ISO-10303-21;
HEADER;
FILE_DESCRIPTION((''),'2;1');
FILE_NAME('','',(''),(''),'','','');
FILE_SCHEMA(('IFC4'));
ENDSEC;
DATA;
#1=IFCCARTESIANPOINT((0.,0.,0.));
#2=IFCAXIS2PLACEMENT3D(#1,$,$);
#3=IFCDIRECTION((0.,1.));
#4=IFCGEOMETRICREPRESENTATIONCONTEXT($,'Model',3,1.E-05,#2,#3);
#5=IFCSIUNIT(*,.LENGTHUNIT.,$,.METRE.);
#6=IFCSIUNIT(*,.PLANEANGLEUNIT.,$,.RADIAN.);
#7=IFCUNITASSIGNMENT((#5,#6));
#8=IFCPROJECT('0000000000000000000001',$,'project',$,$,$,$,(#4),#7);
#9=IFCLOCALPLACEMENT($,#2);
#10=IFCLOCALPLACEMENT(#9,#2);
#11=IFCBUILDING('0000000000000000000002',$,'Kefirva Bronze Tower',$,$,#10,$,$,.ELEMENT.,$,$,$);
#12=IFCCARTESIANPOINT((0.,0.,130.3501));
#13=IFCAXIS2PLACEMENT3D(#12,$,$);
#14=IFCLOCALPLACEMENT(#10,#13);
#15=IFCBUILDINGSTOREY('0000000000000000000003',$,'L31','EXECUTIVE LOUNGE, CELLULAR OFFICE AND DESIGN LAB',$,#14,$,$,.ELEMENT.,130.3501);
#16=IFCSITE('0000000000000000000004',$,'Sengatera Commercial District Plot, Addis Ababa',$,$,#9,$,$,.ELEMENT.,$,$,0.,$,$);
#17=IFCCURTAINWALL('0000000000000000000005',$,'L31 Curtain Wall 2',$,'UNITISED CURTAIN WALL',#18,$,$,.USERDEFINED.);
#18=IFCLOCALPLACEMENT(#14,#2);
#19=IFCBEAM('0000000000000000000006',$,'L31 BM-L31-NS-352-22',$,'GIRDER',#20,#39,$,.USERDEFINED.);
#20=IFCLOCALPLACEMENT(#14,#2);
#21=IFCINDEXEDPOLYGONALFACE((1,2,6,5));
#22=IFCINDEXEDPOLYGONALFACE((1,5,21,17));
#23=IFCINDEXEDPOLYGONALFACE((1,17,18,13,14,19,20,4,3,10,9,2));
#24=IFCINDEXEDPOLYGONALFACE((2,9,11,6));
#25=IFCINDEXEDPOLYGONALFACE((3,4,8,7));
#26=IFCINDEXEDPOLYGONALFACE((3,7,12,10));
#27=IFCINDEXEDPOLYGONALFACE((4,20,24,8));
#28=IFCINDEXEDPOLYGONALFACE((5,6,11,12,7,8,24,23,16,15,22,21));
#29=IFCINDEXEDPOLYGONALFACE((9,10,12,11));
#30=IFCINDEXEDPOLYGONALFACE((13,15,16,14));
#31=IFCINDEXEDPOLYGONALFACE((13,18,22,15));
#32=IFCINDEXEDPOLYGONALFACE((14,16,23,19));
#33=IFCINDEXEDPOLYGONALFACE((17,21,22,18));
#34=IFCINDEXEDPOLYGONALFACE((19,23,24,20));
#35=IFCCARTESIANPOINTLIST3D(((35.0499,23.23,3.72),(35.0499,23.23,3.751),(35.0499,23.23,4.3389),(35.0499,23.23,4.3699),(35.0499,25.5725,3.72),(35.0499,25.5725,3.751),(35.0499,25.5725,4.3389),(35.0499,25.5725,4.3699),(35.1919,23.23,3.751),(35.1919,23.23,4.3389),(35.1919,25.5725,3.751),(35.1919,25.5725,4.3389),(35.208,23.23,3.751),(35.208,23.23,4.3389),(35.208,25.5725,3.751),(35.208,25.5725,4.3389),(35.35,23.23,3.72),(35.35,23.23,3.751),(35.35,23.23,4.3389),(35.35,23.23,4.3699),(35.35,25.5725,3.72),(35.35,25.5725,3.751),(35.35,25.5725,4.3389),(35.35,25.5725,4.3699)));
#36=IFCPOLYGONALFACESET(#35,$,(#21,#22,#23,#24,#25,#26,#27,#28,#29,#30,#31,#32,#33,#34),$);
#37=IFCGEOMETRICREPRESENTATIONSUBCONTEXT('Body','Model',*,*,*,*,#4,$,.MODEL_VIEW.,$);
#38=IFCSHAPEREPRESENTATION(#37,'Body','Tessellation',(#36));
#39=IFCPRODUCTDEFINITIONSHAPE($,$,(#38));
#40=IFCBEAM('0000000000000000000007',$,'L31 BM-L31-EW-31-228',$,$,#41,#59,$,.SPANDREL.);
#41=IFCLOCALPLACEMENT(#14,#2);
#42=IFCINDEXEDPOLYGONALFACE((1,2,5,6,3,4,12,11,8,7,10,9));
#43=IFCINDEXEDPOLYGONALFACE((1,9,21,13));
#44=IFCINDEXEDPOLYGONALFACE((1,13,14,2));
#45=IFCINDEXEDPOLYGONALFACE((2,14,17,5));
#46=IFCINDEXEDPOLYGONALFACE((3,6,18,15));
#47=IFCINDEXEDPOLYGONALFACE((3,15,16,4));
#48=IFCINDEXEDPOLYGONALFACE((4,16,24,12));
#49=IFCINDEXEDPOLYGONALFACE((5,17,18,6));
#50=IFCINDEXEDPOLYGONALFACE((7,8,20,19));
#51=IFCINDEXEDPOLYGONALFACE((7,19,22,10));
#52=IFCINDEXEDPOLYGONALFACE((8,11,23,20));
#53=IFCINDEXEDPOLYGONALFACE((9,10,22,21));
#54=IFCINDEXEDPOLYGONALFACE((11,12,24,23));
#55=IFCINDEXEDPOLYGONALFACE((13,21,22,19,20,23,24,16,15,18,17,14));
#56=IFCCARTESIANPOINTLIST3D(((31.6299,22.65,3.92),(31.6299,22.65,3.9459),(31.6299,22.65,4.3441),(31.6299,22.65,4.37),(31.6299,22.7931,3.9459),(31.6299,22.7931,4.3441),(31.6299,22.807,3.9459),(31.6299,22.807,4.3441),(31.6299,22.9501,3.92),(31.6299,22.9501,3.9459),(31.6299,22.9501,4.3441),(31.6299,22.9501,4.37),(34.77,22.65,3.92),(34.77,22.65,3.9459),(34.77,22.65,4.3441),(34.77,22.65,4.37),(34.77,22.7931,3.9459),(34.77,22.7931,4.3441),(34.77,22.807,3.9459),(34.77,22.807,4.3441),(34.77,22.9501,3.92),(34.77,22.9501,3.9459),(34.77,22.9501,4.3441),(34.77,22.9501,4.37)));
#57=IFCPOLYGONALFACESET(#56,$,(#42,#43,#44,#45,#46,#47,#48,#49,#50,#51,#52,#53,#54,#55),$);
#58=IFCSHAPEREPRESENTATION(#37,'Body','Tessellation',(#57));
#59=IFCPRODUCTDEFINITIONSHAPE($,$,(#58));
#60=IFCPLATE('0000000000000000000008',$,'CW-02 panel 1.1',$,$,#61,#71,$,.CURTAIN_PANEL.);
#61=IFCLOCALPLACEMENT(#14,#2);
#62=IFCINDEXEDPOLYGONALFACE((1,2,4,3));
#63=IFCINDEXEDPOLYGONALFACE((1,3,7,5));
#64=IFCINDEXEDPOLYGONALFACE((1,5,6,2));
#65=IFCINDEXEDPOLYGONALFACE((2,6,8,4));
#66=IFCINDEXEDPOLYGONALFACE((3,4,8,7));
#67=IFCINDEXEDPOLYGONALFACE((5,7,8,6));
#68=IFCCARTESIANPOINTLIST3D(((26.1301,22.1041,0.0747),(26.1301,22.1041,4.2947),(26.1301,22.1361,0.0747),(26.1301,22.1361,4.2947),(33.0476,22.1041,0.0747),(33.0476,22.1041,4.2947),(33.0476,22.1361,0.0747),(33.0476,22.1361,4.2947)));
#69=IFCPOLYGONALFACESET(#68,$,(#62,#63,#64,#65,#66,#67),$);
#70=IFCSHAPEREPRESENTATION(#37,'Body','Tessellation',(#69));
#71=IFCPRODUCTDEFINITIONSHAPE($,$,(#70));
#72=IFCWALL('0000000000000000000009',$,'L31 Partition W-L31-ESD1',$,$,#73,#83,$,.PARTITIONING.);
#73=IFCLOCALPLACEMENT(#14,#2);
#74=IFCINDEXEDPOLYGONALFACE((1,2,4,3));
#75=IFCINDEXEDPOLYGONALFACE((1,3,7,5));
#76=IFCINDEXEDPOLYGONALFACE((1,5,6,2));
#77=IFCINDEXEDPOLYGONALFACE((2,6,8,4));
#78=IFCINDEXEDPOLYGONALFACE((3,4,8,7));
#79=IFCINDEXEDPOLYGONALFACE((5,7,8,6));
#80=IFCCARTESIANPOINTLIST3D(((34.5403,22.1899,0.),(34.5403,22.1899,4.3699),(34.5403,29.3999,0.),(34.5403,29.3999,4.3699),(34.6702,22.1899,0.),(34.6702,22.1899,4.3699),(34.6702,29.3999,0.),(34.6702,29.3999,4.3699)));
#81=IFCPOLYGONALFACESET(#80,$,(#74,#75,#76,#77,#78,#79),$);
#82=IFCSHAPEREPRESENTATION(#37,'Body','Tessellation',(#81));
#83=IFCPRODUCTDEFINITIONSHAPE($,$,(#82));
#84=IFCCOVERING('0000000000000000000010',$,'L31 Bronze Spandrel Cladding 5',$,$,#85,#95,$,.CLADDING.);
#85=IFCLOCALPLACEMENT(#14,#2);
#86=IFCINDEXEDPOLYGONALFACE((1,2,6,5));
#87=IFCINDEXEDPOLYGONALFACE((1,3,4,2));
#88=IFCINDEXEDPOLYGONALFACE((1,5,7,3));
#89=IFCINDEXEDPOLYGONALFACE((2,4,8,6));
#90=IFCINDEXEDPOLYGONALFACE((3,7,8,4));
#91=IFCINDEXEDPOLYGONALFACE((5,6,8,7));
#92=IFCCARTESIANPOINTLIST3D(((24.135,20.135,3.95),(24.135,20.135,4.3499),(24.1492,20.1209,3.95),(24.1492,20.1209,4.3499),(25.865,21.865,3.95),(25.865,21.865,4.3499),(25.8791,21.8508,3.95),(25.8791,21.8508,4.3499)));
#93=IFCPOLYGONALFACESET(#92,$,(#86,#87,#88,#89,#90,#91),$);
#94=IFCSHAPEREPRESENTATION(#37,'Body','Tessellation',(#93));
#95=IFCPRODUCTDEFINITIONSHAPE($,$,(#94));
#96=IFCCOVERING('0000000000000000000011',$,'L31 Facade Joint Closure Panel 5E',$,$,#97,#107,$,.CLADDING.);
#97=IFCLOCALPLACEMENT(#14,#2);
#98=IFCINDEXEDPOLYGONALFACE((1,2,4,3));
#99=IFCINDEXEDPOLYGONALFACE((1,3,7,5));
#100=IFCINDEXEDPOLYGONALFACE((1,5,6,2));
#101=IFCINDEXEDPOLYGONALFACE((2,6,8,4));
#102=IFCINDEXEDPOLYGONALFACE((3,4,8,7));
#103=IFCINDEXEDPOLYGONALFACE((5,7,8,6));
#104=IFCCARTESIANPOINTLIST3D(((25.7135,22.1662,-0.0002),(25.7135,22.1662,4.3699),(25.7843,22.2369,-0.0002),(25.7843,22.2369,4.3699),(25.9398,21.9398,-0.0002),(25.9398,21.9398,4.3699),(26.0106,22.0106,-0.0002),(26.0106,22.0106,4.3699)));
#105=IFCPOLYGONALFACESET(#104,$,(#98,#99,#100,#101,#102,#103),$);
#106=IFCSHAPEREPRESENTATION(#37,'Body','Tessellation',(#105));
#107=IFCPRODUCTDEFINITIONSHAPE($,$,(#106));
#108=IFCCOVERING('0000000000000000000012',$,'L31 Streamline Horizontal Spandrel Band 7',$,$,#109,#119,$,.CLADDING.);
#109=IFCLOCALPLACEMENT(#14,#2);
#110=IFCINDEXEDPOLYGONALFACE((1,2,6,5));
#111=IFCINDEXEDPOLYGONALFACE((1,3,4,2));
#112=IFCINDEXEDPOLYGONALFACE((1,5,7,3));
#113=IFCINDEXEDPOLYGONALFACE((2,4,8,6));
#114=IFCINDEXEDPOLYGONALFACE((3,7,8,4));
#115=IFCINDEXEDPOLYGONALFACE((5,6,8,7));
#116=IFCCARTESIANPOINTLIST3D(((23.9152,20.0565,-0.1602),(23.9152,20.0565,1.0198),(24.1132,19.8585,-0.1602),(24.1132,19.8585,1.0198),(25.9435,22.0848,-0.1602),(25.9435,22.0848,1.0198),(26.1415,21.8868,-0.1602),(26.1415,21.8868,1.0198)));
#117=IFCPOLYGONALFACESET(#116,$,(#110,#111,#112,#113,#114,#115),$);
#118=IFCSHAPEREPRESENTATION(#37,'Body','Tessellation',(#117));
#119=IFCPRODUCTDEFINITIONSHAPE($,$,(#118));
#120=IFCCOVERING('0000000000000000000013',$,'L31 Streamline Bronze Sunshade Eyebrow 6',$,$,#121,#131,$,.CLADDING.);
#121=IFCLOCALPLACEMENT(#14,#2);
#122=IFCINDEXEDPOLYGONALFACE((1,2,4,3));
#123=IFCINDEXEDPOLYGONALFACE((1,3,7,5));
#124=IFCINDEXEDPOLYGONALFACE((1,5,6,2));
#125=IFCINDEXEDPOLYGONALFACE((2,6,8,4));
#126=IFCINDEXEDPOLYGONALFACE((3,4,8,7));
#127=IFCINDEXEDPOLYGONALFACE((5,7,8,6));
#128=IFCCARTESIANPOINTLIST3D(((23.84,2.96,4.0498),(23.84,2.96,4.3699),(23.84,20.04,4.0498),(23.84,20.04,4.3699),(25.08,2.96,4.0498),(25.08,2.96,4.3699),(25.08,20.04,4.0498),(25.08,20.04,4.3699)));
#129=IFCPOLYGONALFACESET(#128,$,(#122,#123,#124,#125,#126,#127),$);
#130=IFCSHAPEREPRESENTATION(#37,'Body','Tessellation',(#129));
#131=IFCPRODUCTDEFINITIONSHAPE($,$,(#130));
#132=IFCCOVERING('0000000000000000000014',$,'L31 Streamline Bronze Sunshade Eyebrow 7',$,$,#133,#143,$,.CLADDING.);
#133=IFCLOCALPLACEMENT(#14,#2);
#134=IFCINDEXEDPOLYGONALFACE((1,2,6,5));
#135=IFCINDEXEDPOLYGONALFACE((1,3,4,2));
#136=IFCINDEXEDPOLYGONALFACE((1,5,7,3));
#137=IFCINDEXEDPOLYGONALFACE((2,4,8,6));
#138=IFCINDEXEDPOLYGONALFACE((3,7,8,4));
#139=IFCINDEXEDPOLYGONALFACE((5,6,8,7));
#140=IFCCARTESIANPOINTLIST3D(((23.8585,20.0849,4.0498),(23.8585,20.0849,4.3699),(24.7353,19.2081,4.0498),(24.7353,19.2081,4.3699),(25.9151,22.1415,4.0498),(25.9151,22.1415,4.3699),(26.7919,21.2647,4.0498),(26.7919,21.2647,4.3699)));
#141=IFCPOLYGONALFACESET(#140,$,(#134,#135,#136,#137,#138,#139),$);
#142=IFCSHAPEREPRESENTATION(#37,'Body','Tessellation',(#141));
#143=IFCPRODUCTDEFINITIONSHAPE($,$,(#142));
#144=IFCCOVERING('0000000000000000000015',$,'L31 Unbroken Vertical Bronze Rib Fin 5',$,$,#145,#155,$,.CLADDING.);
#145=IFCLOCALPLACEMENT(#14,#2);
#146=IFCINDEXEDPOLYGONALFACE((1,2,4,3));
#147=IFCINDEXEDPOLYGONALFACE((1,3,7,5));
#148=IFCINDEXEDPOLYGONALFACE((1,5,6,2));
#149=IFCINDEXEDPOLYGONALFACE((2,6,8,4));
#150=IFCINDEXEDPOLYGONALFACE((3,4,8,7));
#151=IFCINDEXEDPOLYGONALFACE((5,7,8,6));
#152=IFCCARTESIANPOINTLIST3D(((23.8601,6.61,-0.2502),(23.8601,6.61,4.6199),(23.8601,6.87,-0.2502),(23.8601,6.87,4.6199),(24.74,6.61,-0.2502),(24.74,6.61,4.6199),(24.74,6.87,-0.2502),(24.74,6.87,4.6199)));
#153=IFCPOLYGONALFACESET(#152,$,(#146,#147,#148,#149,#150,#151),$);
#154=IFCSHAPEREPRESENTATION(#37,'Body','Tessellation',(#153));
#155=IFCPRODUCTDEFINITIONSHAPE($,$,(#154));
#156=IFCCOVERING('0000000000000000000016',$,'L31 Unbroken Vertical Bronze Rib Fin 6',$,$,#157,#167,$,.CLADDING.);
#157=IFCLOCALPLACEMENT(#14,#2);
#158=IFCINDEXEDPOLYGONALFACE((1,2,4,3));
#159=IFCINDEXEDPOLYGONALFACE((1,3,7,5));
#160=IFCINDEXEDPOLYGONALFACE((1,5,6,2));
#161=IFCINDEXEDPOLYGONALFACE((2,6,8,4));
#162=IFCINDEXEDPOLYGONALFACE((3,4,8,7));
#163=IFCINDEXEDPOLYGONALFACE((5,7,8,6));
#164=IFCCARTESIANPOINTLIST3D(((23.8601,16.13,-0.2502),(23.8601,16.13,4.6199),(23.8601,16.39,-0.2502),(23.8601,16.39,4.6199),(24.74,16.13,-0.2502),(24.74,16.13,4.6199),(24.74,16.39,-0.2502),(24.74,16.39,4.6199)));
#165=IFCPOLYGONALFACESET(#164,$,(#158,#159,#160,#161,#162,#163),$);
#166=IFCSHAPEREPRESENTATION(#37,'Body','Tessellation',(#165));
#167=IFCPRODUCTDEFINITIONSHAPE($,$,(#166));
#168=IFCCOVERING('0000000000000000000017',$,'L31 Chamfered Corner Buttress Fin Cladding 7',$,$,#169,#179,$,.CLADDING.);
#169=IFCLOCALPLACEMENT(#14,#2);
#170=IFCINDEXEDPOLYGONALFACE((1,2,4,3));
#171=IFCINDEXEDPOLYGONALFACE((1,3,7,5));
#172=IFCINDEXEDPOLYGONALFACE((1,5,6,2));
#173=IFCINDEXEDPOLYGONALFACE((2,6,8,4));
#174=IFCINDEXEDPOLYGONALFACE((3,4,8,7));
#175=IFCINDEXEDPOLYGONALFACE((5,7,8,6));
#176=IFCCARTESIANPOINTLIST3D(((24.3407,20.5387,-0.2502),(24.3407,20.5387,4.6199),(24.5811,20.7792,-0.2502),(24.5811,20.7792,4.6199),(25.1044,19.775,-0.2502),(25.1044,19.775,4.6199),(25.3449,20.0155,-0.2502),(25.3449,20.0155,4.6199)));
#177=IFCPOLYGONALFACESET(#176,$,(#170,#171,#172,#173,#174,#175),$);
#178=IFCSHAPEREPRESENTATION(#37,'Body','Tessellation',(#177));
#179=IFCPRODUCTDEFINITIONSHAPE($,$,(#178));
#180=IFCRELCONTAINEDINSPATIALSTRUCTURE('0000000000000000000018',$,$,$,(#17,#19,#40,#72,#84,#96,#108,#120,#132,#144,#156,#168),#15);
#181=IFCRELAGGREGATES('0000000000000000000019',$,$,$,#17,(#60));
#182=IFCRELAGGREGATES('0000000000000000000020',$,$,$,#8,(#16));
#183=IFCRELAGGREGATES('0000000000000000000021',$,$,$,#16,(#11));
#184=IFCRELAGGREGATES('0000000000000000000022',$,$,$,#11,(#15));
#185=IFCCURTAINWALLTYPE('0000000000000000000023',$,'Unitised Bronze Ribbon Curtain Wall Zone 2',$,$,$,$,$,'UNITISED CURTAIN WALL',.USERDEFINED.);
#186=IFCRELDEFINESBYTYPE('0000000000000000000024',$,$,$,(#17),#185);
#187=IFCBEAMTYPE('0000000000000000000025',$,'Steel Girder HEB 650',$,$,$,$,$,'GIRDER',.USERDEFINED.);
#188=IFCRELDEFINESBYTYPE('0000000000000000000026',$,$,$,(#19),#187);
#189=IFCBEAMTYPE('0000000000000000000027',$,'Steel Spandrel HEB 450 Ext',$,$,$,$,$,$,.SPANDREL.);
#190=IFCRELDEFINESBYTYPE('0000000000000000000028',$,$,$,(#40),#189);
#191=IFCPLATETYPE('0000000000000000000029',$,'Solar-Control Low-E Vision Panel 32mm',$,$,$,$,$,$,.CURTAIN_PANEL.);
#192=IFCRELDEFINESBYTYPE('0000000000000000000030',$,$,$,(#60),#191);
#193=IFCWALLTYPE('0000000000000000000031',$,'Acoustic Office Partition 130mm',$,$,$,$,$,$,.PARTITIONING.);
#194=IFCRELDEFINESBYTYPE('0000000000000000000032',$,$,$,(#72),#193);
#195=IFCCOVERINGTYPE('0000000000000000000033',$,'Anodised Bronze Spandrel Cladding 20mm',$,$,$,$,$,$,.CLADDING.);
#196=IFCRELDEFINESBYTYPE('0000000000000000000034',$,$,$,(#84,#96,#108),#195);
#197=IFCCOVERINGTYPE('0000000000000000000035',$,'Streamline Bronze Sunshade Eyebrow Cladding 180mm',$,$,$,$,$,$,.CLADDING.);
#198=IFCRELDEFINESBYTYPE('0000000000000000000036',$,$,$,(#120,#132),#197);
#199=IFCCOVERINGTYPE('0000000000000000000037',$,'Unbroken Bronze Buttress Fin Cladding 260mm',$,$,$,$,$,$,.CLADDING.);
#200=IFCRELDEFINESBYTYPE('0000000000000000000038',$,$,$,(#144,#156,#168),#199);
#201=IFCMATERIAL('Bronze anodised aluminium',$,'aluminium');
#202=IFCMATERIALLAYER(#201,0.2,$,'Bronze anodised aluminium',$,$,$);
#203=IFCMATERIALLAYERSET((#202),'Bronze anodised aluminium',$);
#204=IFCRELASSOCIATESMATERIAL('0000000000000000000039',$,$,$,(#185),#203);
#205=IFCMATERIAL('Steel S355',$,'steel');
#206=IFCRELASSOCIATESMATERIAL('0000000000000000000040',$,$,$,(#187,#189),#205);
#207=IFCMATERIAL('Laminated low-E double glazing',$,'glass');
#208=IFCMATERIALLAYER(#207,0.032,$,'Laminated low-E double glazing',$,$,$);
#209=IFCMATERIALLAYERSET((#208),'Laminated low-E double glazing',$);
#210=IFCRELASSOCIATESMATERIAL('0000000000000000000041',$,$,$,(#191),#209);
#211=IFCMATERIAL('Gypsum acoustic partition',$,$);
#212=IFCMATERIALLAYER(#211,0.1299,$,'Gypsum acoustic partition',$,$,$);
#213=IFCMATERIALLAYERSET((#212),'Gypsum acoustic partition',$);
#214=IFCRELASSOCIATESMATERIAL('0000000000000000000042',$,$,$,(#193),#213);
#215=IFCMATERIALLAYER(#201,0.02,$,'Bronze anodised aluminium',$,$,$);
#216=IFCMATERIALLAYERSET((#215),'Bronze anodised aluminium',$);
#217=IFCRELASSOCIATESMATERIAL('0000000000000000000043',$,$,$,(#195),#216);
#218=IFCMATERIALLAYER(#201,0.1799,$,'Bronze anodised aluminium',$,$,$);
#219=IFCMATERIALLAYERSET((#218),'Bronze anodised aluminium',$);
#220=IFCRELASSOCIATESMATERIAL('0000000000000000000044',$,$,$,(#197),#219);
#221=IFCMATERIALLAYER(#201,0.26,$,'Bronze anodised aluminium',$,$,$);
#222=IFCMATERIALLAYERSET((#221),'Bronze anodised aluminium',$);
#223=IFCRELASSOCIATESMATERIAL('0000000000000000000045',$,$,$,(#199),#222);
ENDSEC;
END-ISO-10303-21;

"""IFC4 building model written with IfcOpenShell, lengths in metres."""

from ifc_helpers import new_model, si_unit, direction, frame, frame_2d, origin, origin_2d, place, context, subcontext, project, spatial, rectangle, i_section, extrude, material, layer, layer_set, material_profile, profile_set, type_object, element, aggregate, save


model = new_model("IFC4")

# Units and contexts
model_context = context("Model", 3, precision=1e-05, world=origin(), true_north=direction((0.0, 1.0)))
body_context = subcontext(model_context, "Body", "Model", "MODEL_VIEW")
ifc_project = project(units=[si_unit("LENGTHUNIT", "METRE"), si_unit("PLANEANGLEUNIT", "RADIAN")], contexts=[model_context])

# Site, building, storey
site_placement = place(None, origin())
site = spatial("IfcSite", under=ifc_project, at=site_placement, Name="Sengatera Commercial District Plot, Addis Ababa", CompositionType="ELEMENT", RefElevation=0.0)
building_placement = place(site_placement, origin())
building = spatial("IfcBuilding", under=site, at=building_placement, Name="Kefirva Bronze Tower", CompositionType="ELEMENT")
storey_placement = place(building_placement, frame((0.0, 0.0, 130.3501)))
storey = spatial("IfcBuildingStorey", under=building, at=storey_placement, Name="L31", Description="EXECUTIVE LOUNGE, CELLULAR OFFICE AND DESIGN LAB", CompositionType="ELEMENT", Elevation=130.3501)

# Curtain wall
ifc_material_1 = material(Name="Bronze anodised aluminium", Category="aluminium")
ifc_layer_1 = layer(ifc_material_1, 0.2, Name="Bronze anodised aluminium")
ifc_layer_set_1 = layer_set([ifc_layer_1], Name="Bronze anodised aluminium")
curtain_wall_type = type_object("IfcCurtainWallType", Name="Unitised Bronze Ribbon Curtain Wall Zone 2", ElementType="UNITISED CURTAIN WALL", PredefinedType="USERDEFINED", material=ifc_layer_set_1)
curtain_wall_placement = place(storey_placement, origin())
curtain_wall = element("IfcCurtainWall", 1, at=curtain_wall_placement, inside=storey, type_object=curtain_wall_type, Name="L31 Curtain Wall 2", ObjectType="UNITISED CURTAIN WALL", PredefinedType="USERDEFINED")

# Beams
ifc_material_2 = material(Name="Steel S355", Category="steel")
ifc_material_profile_1 = material_profile(ifc_material_2, i_section(OverallWidth=0.3, OverallDepth=0.6499, WebThickness=0.0161, FlangeThickness=0.031, at=origin_2d()), Name="HEB 650")
ifc_profile_set_1 = profile_set([ifc_material_profile_1], Name="Steel S355")
beam_type_1 = type_object("IfcBeamType", Name="Steel Girder HEB 650", ElementType="GIRDER", PredefinedType="USERDEFINED", material=ifc_profile_set_1)
for number, where, z_axis, x_axis, name in (
    (2, (35.2, 23.23, 4.0449), (0.0, 1.0, 0.0), (-1.0, 0.0, 0.0), "L31 BM-L31-NS-352-22"),
):
    element("IfcBeam", number, at=place(storey_placement, frame(where, z_axis=z_axis, x_axis=x_axis)), inside=storey, type_object=beam_type_1, Name=name, ObjectType="GIRDER", PredefinedType="USERDEFINED", context=body_context, shape_type="SweptSolid", body=[
        extrude(i_section(OverallWidth=0.3, OverallDepth=0.6499, WebThickness=0.0161, FlangeThickness=0.031, at=origin_2d()), origin(), (0.0, 0.0, 1.0), 2.3425),
    ])
ifc_material_profile_2 = material_profile(ifc_material_2, i_section(OverallWidth=0.3, OverallDepth=0.45, WebThickness=0.0139, FlangeThickness=0.0259, at=origin_2d()), Name="HEB 450")
ifc_profile_set_2 = profile_set([ifc_material_profile_2], Name="Steel S355")
beam_type_2 = type_object("IfcBeamType", Name="Steel Spandrel HEB 450 Ext", PredefinedType="SPANDREL", material=ifc_profile_set_2)
beam_1_placement = place(storey_placement, frame((31.6299, 22.8, 4.145), z_axis=(1.0, 0.0, 0.0), x_axis=(0.0, 1.0, 0.0)))
element("IfcBeam", 3, at=beam_1_placement, inside=storey, type_object=beam_type_2, Name="L31 BM-L31-EW-31-228", PredefinedType="SPANDREL", context=body_context, shape_type="SweptSolid", body=[
    extrude(i_section(OverallWidth=0.3, OverallDepth=0.45, WebThickness=0.0139, FlangeThickness=0.0259, at=origin_2d()), origin(), (0.0, 0.0, 1.0), 3.1401),
])

# Plate
ifc_material_3 = material(Name="Laminated low-E double glazing", Category="glass")
ifc_layer_2 = layer(ifc_material_3, 0.032, Name="Laminated low-E double glazing")
ifc_layer_set_2 = layer_set([ifc_layer_2], Name="Laminated low-E double glazing")
plate_type = type_object("IfcPlateType", Name="Solar-Control Low-E Vision Panel 32mm", PredefinedType="CURTAIN_PANEL", material=ifc_layer_set_2)
plate_placement = place(storey_placement, frame((29.5889, 22.1201, 0.0747), z_axis=(0.0, 0.0, 1.0), x_axis=(1.0, 0.0, 0.0)))
plate = element("IfcPlate", 4, at=plate_placement, type_object=plate_type, Name="CW-02 panel 1.1", PredefinedType="CURTAIN_PANEL", context=body_context, shape_type="SweptSolid", body=[
    extrude(rectangle(XDim=6.9175, YDim=0.032, at=origin_2d()), origin(), (0.0, 0.0, 1.0), 4.22),
])
aggregate(curtain_wall, [plate])

# Wall
ifc_material_4 = material(Name="Gypsum acoustic partition")
ifc_layer_3 = layer(ifc_material_4, 0.1299, Name="Gypsum acoustic partition")
ifc_layer_set_3 = layer_set([ifc_layer_3], Name="Gypsum acoustic partition")
wall_type = type_object("IfcWallType", Name="Acoustic Office Partition 130mm", PredefinedType="PARTITIONING", material=ifc_layer_set_3)
wall_placement = place(storey_placement, frame((34.6052, 22.1899, 0.0), z_axis=(0.0, 0.0, 1.0), x_axis=(0.0, 1.0, 0.0)))
element("IfcWall", 5, at=wall_placement, inside=storey, type_object=wall_type, Name="L31 Partition W-L31-ESD1", PredefinedType="PARTITIONING", context=body_context, shape_type="SweptSolid", body=[
    extrude(rectangle(XDim=7.21, YDim=0.1299, at=frame_2d((3.605, 0.0))), origin(), (0.0, 0.0, 1.0), 4.3699),
])

# Coverings
ifc_layer_4 = layer(ifc_material_1, 0.02, Name="Bronze anodised aluminium")
ifc_layer_set_4 = layer_set([ifc_layer_4], Name="Bronze anodised aluminium")
covering_type_1 = type_object("IfcCoveringType", Name="Anodised Bronze Spandrel Cladding 20mm", PredefinedType="CLADDING", material=ifc_layer_set_4)
covering_1_placement = place(storey_placement, frame((25.0071, 20.9929, 3.95), z_axis=(0.0, 0.0, 1.0), x_axis=(0.707107, 0.707107, 0.0)))
element("IfcCovering", 6, at=covering_1_placement, inside=storey, type_object=covering_type_1, Name="L31 Bronze Spandrel Cladding 5", PredefinedType="CLADDING", context=body_context, shape_type="SweptSolid", body=[
    extrude(rectangle(XDim=2.4465, YDim=0.02, at=origin_2d()), origin(), (0.0, 0.0, 1.0), 0.3999),
])
covering_2_placement = place(storey_placement, frame((25.8621, 22.0884, -0.0002), z_axis=(0.0, 0.0, 1.0), x_axis=(0.707107, 0.707107, 0.0)))
element("IfcCovering", 7, at=covering_2_placement, inside=storey, type_object=covering_type_1, Name="L31 Facade Joint Closure Panel 5E", PredefinedType="CLADDING", context=body_context, shape_type="SweptSolid", body=[
    extrude(rectangle(XDim=0.1001, YDim=0.3201, at=origin_2d()), origin(), (0.0, 0.0, 1.0), 4.3701),
])
covering_3_placement = place(storey_placement, frame((25.0283, 20.9717, -0.1602), z_axis=(0.0, 0.0, 1.0), x_axis=(0.707107, 0.707107, 0.0)))
element("IfcCovering", 8, at=covering_3_placement, inside=storey, type_object=covering_type_1, Name="L31 Streamline Horizontal Spandrel Band 7", PredefinedType="CLADDING", context=body_context, shape_type="SweptSolid", body=[
    extrude(rectangle(XDim=2.8684, YDim=0.28, at=origin_2d()), origin(), (0.0, 0.0, 1.0), 1.1799),
])
ifc_layer_5 = layer(ifc_material_1, 0.1799, Name="Bronze anodised aluminium")
ifc_layer_set_5 = layer_set([ifc_layer_5], Name="Bronze anodised aluminium")
covering_type_2 = type_object("IfcCoveringType", Name="Streamline Bronze Sunshade Eyebrow Cladding 180mm", PredefinedType="CLADDING", material=ifc_layer_set_5)
covering_4_placement = place(storey_placement, frame((24.46, 11.5, 4.0498), z_axis=(0.0, 0.0, 1.0), x_axis=(0.0, 1.0, 0.0)))
element("IfcCovering", 9, at=covering_4_placement, inside=storey, type_object=covering_type_2, Name="L31 Streamline Bronze Sunshade Eyebrow 6", PredefinedType="CLADDING", context=body_context, shape_type="SweptSolid", body=[
    extrude(rectangle(XDim=17.0801, YDim=1.24, at=origin_2d()), origin(), (0.0, 0.0, 1.0), 0.3201),
])
covering_5_placement = place(storey_placement, frame((25.3252, 20.6748, 4.0498), z_axis=(0.0, 0.0, 1.0), x_axis=(0.707107, 0.707107, 0.0)))
element("IfcCovering", 10, at=covering_5_placement, inside=storey, type_object=covering_type_2, Name="L31 Streamline Bronze Sunshade Eyebrow 7", PredefinedType="CLADDING", context=body_context, shape_type="SweptSolid", body=[
    extrude(rectangle(XDim=2.9084, YDim=1.24, at=origin_2d()), origin(), (0.0, 0.0, 1.0), 0.3201),
])
ifc_layer_6 = layer(ifc_material_1, 0.26, Name="Bronze anodised aluminium")
ifc_layer_set_6 = layer_set([ifc_layer_6], Name="Bronze anodised aluminium")
covering_type_3 = type_object("IfcCoveringType", Name="Unbroken Bronze Buttress Fin Cladding 260mm", PredefinedType="CLADDING", material=ifc_layer_set_6)
for number, where, z_axis, x_axis, name in (
    (11, (24.3, 6.74, -0.2502), (0.0, 0.0, 1.0), (0.0, 1.0, 0.0), "L31 Unbroken Vertical Bronze Rib Fin 5"),
    (12, (24.3, 16.26, -0.2502), (0.0, 0.0, 1.0), (0.0, 1.0, 0.0), "L31 Unbroken Vertical Bronze Rib Fin 6"),
):
    element("IfcCovering", number, at=place(storey_placement, frame(where, z_axis=z_axis, x_axis=x_axis)), inside=storey, type_object=covering_type_3, Name=name, PredefinedType="CLADDING", context=body_context, shape_type="SweptSolid", body=[
        extrude(rectangle(XDim=0.26, YDim=0.8799, at=origin_2d()), origin(), (0.0, 0.0, 1.0), 4.8701),
    ])
for number, where, z_axis, x_axis, name in (
    (13, (24.8428, 20.2771, -0.2502), (0.0, 0.0, 1.0), (0.707107, 0.707107, 0.0), "L31 Chamfered Corner Buttress Fin Cladding 7"),
):
    element("IfcCovering", number, at=place(storey_placement, frame(where, z_axis=z_axis, x_axis=x_axis)), inside=storey, type_object=covering_type_3, Name=name, PredefinedType="CLADDING", context=body_context, shape_type="SweptSolid", body=[
        extrude(rectangle(XDim=0.3401, YDim=1.0801, at=origin_2d()), origin(), (0.0, 0.0, 1.0), 4.8701),
    ])

save(model, "model.ifc")
